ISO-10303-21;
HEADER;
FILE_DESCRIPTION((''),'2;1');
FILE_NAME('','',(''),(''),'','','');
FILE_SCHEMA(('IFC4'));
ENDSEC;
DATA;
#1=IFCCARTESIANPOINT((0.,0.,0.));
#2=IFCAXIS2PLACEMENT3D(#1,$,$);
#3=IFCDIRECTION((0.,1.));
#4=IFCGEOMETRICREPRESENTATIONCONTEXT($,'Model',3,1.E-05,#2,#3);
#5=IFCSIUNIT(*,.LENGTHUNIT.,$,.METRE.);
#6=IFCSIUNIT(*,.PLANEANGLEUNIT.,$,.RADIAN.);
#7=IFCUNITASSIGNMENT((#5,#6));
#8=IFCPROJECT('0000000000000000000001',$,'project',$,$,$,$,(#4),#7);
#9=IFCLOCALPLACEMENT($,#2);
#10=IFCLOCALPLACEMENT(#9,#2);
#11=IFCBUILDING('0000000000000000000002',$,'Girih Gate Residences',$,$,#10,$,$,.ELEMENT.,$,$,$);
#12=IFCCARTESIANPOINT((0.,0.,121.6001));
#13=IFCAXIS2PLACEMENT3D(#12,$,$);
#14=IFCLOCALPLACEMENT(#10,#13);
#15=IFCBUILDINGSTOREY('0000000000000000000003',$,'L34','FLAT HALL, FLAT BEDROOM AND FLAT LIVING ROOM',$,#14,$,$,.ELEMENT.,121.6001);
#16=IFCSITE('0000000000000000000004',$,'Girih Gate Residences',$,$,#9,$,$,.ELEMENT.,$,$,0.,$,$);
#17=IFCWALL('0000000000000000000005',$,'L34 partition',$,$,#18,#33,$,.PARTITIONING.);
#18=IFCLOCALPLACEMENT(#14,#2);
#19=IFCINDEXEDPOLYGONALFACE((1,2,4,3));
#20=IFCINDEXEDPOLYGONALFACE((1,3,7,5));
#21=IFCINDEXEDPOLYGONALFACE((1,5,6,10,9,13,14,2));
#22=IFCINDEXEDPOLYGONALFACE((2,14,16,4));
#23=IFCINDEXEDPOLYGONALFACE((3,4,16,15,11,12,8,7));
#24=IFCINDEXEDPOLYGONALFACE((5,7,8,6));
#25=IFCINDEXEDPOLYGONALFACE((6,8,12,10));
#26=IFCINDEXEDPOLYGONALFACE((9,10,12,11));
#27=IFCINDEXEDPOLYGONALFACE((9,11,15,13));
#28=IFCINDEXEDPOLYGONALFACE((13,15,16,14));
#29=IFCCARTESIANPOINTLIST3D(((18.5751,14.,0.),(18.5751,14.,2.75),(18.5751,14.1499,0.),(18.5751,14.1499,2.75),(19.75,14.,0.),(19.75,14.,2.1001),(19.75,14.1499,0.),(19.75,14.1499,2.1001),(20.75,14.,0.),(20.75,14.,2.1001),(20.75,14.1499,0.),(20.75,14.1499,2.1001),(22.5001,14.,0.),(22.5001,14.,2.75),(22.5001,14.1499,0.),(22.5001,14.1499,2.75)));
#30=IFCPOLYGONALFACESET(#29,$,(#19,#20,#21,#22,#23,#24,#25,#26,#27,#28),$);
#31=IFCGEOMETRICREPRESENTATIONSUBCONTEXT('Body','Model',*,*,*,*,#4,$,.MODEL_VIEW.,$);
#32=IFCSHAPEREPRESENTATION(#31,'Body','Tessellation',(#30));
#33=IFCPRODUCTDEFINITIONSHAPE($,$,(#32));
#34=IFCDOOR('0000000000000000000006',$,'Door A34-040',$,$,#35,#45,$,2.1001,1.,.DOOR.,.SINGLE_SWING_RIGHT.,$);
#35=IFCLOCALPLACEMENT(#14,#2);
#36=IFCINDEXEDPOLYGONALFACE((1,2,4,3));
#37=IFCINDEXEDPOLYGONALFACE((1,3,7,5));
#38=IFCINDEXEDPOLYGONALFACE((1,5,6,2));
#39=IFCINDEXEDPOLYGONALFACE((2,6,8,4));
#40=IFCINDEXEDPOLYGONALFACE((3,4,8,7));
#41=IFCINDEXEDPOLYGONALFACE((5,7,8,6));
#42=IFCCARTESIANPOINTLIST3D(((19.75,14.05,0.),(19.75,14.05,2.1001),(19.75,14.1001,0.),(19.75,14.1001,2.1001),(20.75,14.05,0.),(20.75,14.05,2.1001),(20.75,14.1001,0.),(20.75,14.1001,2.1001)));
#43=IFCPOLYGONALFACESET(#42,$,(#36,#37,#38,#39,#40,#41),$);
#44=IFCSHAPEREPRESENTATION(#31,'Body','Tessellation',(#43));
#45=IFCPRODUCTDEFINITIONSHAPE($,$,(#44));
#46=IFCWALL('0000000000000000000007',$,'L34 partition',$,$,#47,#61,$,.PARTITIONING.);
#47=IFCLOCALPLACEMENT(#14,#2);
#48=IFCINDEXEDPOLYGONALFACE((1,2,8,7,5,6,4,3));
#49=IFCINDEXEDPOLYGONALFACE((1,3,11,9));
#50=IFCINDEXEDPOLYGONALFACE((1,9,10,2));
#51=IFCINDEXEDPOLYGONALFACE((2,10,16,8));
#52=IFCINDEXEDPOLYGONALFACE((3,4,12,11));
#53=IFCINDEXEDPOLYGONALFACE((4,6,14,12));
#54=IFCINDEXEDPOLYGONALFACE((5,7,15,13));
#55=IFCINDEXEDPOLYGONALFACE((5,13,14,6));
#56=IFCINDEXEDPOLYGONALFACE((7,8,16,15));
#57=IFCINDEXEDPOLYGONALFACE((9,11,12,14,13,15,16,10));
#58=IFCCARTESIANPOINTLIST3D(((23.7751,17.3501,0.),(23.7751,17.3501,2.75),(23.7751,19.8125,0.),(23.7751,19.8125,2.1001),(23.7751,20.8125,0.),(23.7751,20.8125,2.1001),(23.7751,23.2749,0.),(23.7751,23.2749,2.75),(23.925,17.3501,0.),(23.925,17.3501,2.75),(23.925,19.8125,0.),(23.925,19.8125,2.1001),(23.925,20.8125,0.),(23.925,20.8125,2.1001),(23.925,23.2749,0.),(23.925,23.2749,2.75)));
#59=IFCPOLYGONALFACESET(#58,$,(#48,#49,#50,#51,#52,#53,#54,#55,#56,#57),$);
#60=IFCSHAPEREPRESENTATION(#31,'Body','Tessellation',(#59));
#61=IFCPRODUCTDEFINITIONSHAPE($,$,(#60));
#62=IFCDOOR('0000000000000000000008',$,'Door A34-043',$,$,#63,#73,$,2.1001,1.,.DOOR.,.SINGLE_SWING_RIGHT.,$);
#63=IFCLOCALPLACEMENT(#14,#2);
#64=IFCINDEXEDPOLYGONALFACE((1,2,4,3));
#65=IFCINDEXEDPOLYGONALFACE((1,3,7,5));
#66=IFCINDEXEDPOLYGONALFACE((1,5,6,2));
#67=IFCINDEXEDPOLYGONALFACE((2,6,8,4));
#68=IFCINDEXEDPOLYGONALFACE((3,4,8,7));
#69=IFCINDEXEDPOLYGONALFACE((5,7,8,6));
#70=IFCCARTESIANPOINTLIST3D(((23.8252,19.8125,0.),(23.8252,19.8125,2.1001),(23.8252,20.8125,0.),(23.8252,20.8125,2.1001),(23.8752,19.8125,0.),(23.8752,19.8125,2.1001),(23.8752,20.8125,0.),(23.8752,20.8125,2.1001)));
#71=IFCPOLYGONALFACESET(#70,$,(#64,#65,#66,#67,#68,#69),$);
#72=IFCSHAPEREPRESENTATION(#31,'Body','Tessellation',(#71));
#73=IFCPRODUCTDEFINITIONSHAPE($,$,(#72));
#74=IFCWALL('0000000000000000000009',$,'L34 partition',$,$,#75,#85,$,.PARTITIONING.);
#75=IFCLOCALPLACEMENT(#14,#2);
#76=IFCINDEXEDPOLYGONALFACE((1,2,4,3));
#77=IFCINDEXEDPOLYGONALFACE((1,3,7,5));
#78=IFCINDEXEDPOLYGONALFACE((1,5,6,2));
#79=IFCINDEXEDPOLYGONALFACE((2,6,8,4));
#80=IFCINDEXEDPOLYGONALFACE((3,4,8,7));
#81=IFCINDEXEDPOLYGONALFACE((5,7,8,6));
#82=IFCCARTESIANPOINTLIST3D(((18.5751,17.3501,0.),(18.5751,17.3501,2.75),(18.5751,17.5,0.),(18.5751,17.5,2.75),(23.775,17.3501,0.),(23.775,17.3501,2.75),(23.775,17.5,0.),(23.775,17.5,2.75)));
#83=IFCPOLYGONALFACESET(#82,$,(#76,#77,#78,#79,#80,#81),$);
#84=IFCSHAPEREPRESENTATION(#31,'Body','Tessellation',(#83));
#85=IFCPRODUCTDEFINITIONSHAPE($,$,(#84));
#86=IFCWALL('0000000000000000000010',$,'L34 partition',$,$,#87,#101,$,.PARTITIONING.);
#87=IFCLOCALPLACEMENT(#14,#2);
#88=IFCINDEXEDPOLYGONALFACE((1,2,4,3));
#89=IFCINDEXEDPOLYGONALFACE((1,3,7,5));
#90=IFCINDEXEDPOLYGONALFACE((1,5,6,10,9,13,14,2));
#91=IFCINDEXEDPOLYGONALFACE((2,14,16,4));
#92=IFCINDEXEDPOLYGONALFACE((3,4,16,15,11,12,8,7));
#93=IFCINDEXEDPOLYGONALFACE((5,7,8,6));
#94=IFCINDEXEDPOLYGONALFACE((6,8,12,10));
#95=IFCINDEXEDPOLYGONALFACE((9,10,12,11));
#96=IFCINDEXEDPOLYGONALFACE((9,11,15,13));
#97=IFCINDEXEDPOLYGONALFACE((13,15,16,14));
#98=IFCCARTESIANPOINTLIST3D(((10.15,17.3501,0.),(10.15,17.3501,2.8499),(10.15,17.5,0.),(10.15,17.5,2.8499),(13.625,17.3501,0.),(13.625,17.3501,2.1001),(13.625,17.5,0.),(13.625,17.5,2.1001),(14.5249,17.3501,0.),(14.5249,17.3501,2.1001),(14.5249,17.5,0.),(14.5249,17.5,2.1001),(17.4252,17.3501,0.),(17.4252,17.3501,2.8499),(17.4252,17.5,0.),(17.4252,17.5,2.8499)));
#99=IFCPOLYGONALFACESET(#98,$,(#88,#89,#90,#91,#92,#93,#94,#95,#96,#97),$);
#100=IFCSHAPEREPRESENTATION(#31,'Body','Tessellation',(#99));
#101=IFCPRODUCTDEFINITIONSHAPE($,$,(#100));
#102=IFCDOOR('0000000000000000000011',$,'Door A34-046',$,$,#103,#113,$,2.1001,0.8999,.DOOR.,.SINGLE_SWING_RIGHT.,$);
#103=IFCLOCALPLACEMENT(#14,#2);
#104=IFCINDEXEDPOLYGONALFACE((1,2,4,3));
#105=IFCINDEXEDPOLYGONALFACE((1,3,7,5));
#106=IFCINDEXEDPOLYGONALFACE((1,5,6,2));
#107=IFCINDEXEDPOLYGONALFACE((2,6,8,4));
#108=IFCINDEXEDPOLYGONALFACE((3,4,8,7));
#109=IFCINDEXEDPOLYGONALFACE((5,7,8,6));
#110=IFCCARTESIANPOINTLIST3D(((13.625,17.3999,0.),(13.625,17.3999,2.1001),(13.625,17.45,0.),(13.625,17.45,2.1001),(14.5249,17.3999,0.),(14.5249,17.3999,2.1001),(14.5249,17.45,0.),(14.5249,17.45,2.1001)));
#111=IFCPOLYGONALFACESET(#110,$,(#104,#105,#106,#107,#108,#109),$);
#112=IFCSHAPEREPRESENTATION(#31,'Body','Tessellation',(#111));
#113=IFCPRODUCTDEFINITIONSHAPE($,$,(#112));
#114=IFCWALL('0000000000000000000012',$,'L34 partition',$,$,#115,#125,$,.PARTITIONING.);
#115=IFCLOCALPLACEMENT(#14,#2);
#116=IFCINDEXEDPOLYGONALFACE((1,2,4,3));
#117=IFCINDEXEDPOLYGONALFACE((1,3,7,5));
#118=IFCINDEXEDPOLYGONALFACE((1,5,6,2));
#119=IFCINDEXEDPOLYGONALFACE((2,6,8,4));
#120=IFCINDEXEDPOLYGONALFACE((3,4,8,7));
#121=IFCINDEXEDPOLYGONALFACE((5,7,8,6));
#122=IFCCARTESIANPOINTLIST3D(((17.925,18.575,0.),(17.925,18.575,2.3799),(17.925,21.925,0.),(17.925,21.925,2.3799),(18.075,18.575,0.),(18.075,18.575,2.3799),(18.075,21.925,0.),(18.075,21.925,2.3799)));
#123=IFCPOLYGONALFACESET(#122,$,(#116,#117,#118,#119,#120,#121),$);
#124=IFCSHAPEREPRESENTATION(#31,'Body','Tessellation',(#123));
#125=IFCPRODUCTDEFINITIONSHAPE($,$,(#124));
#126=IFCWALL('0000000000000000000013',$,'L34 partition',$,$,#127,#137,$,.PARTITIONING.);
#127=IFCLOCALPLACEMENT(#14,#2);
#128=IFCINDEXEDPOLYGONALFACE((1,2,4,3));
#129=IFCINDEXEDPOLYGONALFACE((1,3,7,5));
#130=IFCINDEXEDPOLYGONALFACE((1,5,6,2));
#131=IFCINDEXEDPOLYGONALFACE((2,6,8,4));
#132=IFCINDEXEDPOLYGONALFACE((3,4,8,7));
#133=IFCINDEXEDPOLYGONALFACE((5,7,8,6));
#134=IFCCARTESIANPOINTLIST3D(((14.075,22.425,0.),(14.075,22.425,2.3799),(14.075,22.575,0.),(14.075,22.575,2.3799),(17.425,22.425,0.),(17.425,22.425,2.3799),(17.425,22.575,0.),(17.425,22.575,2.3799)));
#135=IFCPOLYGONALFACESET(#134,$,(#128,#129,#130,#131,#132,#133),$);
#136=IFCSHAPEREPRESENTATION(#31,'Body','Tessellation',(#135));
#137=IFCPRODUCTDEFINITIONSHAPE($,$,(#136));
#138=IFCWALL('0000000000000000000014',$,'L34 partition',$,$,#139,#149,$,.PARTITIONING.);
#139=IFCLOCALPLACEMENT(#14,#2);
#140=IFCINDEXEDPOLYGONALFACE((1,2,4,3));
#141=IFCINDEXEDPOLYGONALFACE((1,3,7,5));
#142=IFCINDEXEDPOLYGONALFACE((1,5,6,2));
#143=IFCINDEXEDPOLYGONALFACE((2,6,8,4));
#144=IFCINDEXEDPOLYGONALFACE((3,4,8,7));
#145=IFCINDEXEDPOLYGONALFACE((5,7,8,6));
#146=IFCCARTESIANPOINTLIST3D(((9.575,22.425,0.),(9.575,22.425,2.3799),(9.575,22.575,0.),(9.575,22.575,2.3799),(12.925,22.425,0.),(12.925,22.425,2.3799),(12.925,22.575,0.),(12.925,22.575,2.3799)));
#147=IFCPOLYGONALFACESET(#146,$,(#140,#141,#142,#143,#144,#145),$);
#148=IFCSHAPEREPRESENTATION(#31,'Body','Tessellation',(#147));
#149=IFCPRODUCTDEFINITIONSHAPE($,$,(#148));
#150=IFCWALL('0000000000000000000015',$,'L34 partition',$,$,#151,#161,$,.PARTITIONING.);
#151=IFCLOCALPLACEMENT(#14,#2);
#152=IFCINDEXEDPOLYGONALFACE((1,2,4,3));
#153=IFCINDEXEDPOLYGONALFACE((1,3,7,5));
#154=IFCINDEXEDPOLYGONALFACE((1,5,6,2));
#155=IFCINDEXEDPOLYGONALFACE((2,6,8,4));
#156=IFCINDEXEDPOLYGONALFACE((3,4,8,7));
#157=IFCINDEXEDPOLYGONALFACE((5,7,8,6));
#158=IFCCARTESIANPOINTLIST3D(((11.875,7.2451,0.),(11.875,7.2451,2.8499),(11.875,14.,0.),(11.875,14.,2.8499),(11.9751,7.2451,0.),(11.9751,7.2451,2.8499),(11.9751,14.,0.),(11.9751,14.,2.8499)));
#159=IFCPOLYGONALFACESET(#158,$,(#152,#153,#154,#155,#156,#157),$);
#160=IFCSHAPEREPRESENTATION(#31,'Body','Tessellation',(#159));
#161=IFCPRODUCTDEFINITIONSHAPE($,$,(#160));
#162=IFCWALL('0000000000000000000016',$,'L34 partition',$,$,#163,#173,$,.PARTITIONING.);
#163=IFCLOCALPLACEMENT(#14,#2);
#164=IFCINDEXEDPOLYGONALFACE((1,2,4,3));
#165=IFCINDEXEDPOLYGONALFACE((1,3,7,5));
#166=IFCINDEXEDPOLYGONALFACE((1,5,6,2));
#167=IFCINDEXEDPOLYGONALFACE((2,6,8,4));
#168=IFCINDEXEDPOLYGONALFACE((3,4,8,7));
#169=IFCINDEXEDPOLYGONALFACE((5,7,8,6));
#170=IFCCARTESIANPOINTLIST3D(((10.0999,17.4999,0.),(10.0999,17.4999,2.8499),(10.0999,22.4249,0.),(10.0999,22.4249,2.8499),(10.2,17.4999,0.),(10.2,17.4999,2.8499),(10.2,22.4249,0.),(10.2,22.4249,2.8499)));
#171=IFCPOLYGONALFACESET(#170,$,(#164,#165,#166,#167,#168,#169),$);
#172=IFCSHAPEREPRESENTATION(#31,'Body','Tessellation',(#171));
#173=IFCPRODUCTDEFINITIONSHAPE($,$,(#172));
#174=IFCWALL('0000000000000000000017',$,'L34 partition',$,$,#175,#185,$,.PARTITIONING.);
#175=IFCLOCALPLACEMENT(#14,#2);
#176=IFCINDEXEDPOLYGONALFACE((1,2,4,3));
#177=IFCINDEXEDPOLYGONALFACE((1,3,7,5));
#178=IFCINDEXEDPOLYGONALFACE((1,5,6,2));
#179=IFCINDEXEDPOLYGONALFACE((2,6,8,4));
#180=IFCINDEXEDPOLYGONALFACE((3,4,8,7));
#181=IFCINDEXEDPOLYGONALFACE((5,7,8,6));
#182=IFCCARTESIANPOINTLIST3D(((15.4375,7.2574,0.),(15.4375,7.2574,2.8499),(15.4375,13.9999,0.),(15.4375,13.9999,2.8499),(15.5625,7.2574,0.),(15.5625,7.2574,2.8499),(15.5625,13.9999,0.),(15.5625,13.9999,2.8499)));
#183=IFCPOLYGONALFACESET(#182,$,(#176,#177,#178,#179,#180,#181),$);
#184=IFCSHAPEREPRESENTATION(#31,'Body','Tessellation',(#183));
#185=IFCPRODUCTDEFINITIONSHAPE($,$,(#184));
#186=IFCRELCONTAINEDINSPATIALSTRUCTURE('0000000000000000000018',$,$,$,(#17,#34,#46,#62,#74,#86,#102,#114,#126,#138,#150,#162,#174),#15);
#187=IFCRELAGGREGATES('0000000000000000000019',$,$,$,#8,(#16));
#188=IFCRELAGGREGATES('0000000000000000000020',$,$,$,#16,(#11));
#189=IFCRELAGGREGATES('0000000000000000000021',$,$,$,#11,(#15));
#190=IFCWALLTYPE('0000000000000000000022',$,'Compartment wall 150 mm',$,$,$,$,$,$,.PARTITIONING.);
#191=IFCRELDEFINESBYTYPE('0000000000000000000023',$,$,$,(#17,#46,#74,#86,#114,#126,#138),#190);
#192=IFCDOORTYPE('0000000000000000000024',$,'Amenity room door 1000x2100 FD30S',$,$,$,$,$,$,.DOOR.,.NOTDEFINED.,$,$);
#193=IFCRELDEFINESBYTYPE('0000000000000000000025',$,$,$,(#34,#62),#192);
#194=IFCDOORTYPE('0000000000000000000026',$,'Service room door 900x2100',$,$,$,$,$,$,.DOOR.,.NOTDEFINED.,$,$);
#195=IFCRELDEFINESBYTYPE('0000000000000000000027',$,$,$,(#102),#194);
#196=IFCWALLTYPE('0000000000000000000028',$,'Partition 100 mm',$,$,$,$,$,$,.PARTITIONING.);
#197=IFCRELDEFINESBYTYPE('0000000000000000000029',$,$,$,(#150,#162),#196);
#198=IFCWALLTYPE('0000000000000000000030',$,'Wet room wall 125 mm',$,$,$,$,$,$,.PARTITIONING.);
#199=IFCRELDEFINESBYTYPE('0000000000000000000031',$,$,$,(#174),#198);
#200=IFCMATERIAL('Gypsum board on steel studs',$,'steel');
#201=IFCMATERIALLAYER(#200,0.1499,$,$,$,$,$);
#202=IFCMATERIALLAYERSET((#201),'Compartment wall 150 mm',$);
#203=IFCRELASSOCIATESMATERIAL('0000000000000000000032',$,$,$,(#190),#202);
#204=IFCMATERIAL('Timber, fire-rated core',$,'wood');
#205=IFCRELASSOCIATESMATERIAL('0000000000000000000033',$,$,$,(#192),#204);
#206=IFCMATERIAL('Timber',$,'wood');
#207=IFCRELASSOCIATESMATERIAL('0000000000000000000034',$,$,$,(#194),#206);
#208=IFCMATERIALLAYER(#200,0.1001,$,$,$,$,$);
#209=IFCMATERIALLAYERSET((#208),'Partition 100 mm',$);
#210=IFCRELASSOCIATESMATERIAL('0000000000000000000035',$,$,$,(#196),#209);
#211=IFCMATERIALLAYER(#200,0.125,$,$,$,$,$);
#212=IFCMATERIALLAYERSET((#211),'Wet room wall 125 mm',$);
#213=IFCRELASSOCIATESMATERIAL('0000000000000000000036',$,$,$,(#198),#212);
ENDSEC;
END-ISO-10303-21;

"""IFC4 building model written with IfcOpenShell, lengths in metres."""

from ifc_helpers import new_model, si_unit, direction, frame, frame_2d, origin, place, context, subcontext, project, spatial, rectangle, extrude, material, layer, layer_set, type_object, element, fill, save


model = new_model("IFC4")

# Units and contexts
model_context = context("Model", 3, precision=1e-05, world=origin(), true_north=direction((0.0, 1.0)))
body_context = subcontext(model_context, "Body", "Model", "MODEL_VIEW")
ifc_project = project(units=[si_unit("LENGTHUNIT", "METRE"), si_unit("PLANEANGLEUNIT", "RADIAN")], contexts=[model_context])

# Site, building, storey
site_placement = place(None, origin())
site = spatial("IfcSite", under=ifc_project, at=site_placement, Name="Girih Gate Residences", CompositionType="ELEMENT", RefElevation=0.0)
building_placement = place(site_placement, origin())
building = spatial("IfcBuilding", under=site, at=building_placement, Name="Girih Gate Residences", CompositionType="ELEMENT")
storey_placement = place(building_placement, frame((0.0, 0.0, 121.6001)))
storey = spatial("IfcBuildingStorey", under=building, at=storey_placement, Name="L34", Description="FLAT HALL, FLAT BEDROOM AND FLAT LIVING ROOM", CompositionType="ELEMENT", Elevation=121.6001)

# Shared definitions
ifc_material_1 = material(Name="Gypsum board on steel studs", Category="steel")

# Shared definitions
ifc_layer_1 = layer(ifc_material_1, 0.1499)
ifc_layer_set_1 = layer_set([ifc_layer_1], Name="Compartment wall 150 mm")
wall_type_1 = type_object("IfcWallType", Name="Compartment wall 150 mm", PredefinedType="PARTITIONING", material=ifc_layer_set_1)
ifc_material_2 = material(Name="Timber, fire-rated core", Category="wood")

# Walls, openings, doors
wall_1_placement = place(storey_placement, frame((22.5, 14.075, 0.0), z_axis=(0.0, 0.0, 1.0), x_axis=(-1.0, 0.0, 0.0)))
wall_1 = element("IfcWall", 1, at=wall_1_placement, inside=storey, type_object=wall_type_1, Name="L34 partition", PredefinedType="PARTITIONING", context=body_context, shape_type="SweptSolid", body=[
    extrude(rectangle(XDim=3.925, YDim=0.1499, at=frame_2d((1.9624, 0.0))), origin(), (0.0, 0.0, 1.0), 2.75),
])
opening_1_placement = place(wall_1_placement, frame((1.75, 0.0, 0.0)))
opening_1 = element("IfcOpeningElement", 2, at=opening_1_placement, cuts=wall_1, PredefinedType="OPENING", context=body_context, shape_type="SweptSolid", body=[
    extrude(rectangle(XDim=1.0, YDim=2.1001, at=frame_2d((0.5, 1.05))), frame((0.0, 0.085, 0.0), z_axis=(0.0, -1.0, 0.0), x_axis=(1.0, 0.0, 0.0)), (0.0, 0.0, 1.0), 0.1699),
])
door_type_1 = type_object("IfcDoorType", Name="Amenity room door 1000x2100 FD30S", OperationType="NOTDEFINED", PredefinedType="DOOR", material=ifc_material_2)
door_1_placement = place(opening_1_placement, origin())
door_1 = element("IfcDoor", 3, at=door_1_placement, inside=storey, type_object=door_type_1, Name="Door A34-040", OperationType="SINGLE_SWING_RIGHT", OverallHeight=2.1001, OverallWidth=1.0, PredefinedType="DOOR", context=body_context, shape_type="SweptSolid", body=[
    extrude(rectangle(XDim=1.0, YDim=2.1001, at=frame_2d((0.5, 1.05))), frame((0.0, 0.0249, 0.0), z_axis=(0.0, -1.0, 0.0), x_axis=(1.0, 0.0, 0.0)), (0.0, 0.0, 1.0), 0.05),
])
fill(opening_1, door_1)
wall_2_placement = place(storey_placement, frame((23.8501, 17.3501, 0.0), z_axis=(0.0, 0.0, 1.0), x_axis=(0.0, 1.0, 0.0)))
wall_2 = element("IfcWall", 4, at=wall_2_placement, inside=storey, type_object=wall_type_1, Name="L34 partition", PredefinedType="PARTITIONING", context=body_context, shape_type="SweptSolid", body=[
    extrude(rectangle(XDim=5.9248, YDim=0.1499, at=frame_2d((2.9624, 0.0))), origin(), (0.0, 0.0, 1.0), 2.75),
])
opening_2_placement = place(wall_2_placement, frame((2.4624, 0.0, 0.0)))
opening_2 = element("IfcOpeningElement", 5, at=opening_2_placement, cuts=wall_2, PredefinedType="OPENING", context=body_context, shape_type="SweptSolid", body=[
    extrude(rectangle(XDim=1.0, YDim=2.1001, at=frame_2d((0.5, 1.05))), frame((0.0, 0.085, 0.0), z_axis=(0.0, -1.0, 0.0), x_axis=(1.0, 0.0, 0.0)), (0.0, 0.0, 1.0), 0.1699),
])
door_2_placement = place(opening_2_placement, origin())
door_2 = element("IfcDoor", 6, at=door_2_placement, inside=storey, type_object=door_type_1, Name="Door A34-043", OperationType="SINGLE_SWING_RIGHT", OverallHeight=2.1001, OverallWidth=1.0, PredefinedType="DOOR", context=body_context, shape_type="SweptSolid", body=[
    extrude(rectangle(XDim=1.0, YDim=2.1001, at=frame_2d((0.5, 1.05))), frame((0.0, 0.0249, 0.0), z_axis=(0.0, -1.0, 0.0), x_axis=(1.0, 0.0, 0.0)), (0.0, 0.0, 1.0), 0.05),
])
fill(opening_2, door_2)

# Wall
wall_3_placement = place(storey_placement, frame((18.575, 17.425, 0.0), z_axis=(0.0, 0.0, 1.0), x_axis=(1.0, 0.0, 0.0)))
element("IfcWall", 7, at=wall_3_placement, inside=storey, type_object=wall_type_1, Name="L34 partition", PredefinedType="PARTITIONING", context=body_context, shape_type="SweptSolid", body=[
    extrude(rectangle(XDim=5.2, YDim=0.1499, at=frame_2d((2.6001, 0.0))), origin(), (0.0, 0.0, 1.0), 2.75),
])

# Wall, opening, door
wall_4_placement = place(storey_placement, frame((10.1499, 17.425, 0.0), z_axis=(0.0, 0.0, 1.0), x_axis=(1.0, 0.0, 0.0)))
wall_4 = element("IfcWall", 8, at=wall_4_placement, inside=storey, type_object=wall_type_1, Name="L34 partition", PredefinedType="PARTITIONING", context=body_context, shape_type="SweptSolid", body=[
    extrude(rectangle(XDim=7.2751, YDim=0.1499, at=frame_2d((3.6377, 0.0))), origin(), (0.0, 0.0, 1.0), 2.8499),
])
opening_3_placement = place(wall_4_placement, frame((3.4751, 0.0, 0.0)))
opening_3 = element("IfcOpeningElement", 9, at=opening_3_placement, cuts=wall_4, PredefinedType="OPENING", context=body_context, shape_type="SweptSolid", body=[
    extrude(rectangle(XDim=0.8999, YDim=2.1001, at=frame_2d((0.45, 1.05))), frame((0.0, 0.085, 0.0), z_axis=(0.0, -1.0, 0.0), x_axis=(1.0, 0.0, 0.0)), (0.0, 0.0, 1.0), 0.1699),
])
ifc_material_3 = material(Name="Timber", Category="wood")
door_type_2 = type_object("IfcDoorType", Name="Service room door 900x2100", OperationType="NOTDEFINED", PredefinedType="DOOR", material=ifc_material_3)
door_3_placement = place(opening_3_placement, origin())
door_3 = element("IfcDoor", 10, at=door_3_placement, inside=storey, type_object=door_type_2, Name="Door A34-046", OperationType="SINGLE_SWING_RIGHT", OverallHeight=2.1001, OverallWidth=0.8999, PredefinedType="DOOR", context=body_context, shape_type="SweptSolid", body=[
    extrude(rectangle(XDim=0.8999, YDim=2.1001, at=frame_2d((0.45, 1.05))), frame((0.0, 0.0249, 0.0), z_axis=(0.0, -1.0, 0.0), x_axis=(1.0, 0.0, 0.0)), (0.0, 0.0, 1.0), 0.05),
])
fill(opening_3, door_3)

# Walls
for number, where, z_axis, x_axis, name in (
    (11, (18.0, 18.575, 0.0), (0.0, 0.0, 1.0), (0.0, 1.0, 0.0), "L34 partition"),
    (12, (14.075, 22.5, 0.0), (0.0, 0.0, 1.0), (1.0, 0.0, 0.0), "L34 partition"),
    (13, (9.575, 22.5, 0.0), (0.0, 0.0, 1.0), (1.0, 0.0, 0.0), "L34 partition"),
):
    element("IfcWall", number, at=place(storey_placement, frame(where, z_axis=z_axis, x_axis=x_axis)), inside=storey, type_object=wall_type_1, Name=name, PredefinedType="PARTITIONING", context=body_context, shape_type="SweptSolid", body=[
        extrude(rectangle(XDim=3.3501, YDim=0.1499, at=frame_2d((1.675, 0.0))), origin(), (0.0, 0.0, 1.0), 2.3799),
    ])
ifc_layer_2 = layer(ifc_material_1, 0.1001)
ifc_layer_set_2 = layer_set([ifc_layer_2], Name="Partition 100 mm")
wall_type_2 = type_object("IfcWallType", Name="Partition 100 mm", PredefinedType="PARTITIONING", material=ifc_layer_set_2)
wall_5_placement = place(storey_placement, frame((11.925, 7.2451, 0.0), z_axis=(0.0, 0.0, 1.0), x_axis=(0.0, 1.0, 0.0)))
element("IfcWall", 14, at=wall_5_placement, inside=storey, type_object=wall_type_2, Name="L34 partition", PredefinedType="PARTITIONING", context=body_context, shape_type="SweptSolid", body=[
    extrude(rectangle(XDim=6.7549, YDim=0.1001, at=frame_2d((3.3774, 0.0))), origin(), (0.0, 0.0, 1.0), 2.8499),
])
wall_6_placement = place(storey_placement, frame((10.1499, 17.5, 0.0), z_axis=(0.0, 0.0, 1.0), x_axis=(0.0, 1.0, 0.0)))
element("IfcWall", 15, at=wall_6_placement, inside=storey, type_object=wall_type_2, Name="L34 partition", PredefinedType="PARTITIONING", context=body_context, shape_type="SweptSolid", body=[
    extrude(rectangle(XDim=4.925, YDim=0.1001, at=frame_2d((2.4624, 0.0))), origin(), (0.0, 0.0, 1.0), 2.8499),
])
ifc_layer_3 = layer(ifc_material_1, 0.125)
ifc_layer_set_3 = layer_set([ifc_layer_3], Name="Wet room wall 125 mm")
wall_type_3 = type_object("IfcWallType", Name="Wet room wall 125 mm", PredefinedType="PARTITIONING", material=ifc_layer_set_3)
wall_7_placement = place(storey_placement, frame((15.5, 7.2576, 0.0), z_axis=(0.0, 0.0, 1.0), x_axis=(0.0, 1.0, 0.0)))
element("IfcWall", 16, at=wall_7_placement, inside=storey, type_object=wall_type_3, Name="L34 partition", PredefinedType="PARTITIONING", context=body_context, shape_type="SweptSolid", body=[
    extrude(rectangle(XDim=6.7424, YDim=0.125, at=frame_2d((3.3711, 0.0))), origin(), (0.0, 0.0, 1.0), 2.8499),
])

save(model, "model.ifc")
